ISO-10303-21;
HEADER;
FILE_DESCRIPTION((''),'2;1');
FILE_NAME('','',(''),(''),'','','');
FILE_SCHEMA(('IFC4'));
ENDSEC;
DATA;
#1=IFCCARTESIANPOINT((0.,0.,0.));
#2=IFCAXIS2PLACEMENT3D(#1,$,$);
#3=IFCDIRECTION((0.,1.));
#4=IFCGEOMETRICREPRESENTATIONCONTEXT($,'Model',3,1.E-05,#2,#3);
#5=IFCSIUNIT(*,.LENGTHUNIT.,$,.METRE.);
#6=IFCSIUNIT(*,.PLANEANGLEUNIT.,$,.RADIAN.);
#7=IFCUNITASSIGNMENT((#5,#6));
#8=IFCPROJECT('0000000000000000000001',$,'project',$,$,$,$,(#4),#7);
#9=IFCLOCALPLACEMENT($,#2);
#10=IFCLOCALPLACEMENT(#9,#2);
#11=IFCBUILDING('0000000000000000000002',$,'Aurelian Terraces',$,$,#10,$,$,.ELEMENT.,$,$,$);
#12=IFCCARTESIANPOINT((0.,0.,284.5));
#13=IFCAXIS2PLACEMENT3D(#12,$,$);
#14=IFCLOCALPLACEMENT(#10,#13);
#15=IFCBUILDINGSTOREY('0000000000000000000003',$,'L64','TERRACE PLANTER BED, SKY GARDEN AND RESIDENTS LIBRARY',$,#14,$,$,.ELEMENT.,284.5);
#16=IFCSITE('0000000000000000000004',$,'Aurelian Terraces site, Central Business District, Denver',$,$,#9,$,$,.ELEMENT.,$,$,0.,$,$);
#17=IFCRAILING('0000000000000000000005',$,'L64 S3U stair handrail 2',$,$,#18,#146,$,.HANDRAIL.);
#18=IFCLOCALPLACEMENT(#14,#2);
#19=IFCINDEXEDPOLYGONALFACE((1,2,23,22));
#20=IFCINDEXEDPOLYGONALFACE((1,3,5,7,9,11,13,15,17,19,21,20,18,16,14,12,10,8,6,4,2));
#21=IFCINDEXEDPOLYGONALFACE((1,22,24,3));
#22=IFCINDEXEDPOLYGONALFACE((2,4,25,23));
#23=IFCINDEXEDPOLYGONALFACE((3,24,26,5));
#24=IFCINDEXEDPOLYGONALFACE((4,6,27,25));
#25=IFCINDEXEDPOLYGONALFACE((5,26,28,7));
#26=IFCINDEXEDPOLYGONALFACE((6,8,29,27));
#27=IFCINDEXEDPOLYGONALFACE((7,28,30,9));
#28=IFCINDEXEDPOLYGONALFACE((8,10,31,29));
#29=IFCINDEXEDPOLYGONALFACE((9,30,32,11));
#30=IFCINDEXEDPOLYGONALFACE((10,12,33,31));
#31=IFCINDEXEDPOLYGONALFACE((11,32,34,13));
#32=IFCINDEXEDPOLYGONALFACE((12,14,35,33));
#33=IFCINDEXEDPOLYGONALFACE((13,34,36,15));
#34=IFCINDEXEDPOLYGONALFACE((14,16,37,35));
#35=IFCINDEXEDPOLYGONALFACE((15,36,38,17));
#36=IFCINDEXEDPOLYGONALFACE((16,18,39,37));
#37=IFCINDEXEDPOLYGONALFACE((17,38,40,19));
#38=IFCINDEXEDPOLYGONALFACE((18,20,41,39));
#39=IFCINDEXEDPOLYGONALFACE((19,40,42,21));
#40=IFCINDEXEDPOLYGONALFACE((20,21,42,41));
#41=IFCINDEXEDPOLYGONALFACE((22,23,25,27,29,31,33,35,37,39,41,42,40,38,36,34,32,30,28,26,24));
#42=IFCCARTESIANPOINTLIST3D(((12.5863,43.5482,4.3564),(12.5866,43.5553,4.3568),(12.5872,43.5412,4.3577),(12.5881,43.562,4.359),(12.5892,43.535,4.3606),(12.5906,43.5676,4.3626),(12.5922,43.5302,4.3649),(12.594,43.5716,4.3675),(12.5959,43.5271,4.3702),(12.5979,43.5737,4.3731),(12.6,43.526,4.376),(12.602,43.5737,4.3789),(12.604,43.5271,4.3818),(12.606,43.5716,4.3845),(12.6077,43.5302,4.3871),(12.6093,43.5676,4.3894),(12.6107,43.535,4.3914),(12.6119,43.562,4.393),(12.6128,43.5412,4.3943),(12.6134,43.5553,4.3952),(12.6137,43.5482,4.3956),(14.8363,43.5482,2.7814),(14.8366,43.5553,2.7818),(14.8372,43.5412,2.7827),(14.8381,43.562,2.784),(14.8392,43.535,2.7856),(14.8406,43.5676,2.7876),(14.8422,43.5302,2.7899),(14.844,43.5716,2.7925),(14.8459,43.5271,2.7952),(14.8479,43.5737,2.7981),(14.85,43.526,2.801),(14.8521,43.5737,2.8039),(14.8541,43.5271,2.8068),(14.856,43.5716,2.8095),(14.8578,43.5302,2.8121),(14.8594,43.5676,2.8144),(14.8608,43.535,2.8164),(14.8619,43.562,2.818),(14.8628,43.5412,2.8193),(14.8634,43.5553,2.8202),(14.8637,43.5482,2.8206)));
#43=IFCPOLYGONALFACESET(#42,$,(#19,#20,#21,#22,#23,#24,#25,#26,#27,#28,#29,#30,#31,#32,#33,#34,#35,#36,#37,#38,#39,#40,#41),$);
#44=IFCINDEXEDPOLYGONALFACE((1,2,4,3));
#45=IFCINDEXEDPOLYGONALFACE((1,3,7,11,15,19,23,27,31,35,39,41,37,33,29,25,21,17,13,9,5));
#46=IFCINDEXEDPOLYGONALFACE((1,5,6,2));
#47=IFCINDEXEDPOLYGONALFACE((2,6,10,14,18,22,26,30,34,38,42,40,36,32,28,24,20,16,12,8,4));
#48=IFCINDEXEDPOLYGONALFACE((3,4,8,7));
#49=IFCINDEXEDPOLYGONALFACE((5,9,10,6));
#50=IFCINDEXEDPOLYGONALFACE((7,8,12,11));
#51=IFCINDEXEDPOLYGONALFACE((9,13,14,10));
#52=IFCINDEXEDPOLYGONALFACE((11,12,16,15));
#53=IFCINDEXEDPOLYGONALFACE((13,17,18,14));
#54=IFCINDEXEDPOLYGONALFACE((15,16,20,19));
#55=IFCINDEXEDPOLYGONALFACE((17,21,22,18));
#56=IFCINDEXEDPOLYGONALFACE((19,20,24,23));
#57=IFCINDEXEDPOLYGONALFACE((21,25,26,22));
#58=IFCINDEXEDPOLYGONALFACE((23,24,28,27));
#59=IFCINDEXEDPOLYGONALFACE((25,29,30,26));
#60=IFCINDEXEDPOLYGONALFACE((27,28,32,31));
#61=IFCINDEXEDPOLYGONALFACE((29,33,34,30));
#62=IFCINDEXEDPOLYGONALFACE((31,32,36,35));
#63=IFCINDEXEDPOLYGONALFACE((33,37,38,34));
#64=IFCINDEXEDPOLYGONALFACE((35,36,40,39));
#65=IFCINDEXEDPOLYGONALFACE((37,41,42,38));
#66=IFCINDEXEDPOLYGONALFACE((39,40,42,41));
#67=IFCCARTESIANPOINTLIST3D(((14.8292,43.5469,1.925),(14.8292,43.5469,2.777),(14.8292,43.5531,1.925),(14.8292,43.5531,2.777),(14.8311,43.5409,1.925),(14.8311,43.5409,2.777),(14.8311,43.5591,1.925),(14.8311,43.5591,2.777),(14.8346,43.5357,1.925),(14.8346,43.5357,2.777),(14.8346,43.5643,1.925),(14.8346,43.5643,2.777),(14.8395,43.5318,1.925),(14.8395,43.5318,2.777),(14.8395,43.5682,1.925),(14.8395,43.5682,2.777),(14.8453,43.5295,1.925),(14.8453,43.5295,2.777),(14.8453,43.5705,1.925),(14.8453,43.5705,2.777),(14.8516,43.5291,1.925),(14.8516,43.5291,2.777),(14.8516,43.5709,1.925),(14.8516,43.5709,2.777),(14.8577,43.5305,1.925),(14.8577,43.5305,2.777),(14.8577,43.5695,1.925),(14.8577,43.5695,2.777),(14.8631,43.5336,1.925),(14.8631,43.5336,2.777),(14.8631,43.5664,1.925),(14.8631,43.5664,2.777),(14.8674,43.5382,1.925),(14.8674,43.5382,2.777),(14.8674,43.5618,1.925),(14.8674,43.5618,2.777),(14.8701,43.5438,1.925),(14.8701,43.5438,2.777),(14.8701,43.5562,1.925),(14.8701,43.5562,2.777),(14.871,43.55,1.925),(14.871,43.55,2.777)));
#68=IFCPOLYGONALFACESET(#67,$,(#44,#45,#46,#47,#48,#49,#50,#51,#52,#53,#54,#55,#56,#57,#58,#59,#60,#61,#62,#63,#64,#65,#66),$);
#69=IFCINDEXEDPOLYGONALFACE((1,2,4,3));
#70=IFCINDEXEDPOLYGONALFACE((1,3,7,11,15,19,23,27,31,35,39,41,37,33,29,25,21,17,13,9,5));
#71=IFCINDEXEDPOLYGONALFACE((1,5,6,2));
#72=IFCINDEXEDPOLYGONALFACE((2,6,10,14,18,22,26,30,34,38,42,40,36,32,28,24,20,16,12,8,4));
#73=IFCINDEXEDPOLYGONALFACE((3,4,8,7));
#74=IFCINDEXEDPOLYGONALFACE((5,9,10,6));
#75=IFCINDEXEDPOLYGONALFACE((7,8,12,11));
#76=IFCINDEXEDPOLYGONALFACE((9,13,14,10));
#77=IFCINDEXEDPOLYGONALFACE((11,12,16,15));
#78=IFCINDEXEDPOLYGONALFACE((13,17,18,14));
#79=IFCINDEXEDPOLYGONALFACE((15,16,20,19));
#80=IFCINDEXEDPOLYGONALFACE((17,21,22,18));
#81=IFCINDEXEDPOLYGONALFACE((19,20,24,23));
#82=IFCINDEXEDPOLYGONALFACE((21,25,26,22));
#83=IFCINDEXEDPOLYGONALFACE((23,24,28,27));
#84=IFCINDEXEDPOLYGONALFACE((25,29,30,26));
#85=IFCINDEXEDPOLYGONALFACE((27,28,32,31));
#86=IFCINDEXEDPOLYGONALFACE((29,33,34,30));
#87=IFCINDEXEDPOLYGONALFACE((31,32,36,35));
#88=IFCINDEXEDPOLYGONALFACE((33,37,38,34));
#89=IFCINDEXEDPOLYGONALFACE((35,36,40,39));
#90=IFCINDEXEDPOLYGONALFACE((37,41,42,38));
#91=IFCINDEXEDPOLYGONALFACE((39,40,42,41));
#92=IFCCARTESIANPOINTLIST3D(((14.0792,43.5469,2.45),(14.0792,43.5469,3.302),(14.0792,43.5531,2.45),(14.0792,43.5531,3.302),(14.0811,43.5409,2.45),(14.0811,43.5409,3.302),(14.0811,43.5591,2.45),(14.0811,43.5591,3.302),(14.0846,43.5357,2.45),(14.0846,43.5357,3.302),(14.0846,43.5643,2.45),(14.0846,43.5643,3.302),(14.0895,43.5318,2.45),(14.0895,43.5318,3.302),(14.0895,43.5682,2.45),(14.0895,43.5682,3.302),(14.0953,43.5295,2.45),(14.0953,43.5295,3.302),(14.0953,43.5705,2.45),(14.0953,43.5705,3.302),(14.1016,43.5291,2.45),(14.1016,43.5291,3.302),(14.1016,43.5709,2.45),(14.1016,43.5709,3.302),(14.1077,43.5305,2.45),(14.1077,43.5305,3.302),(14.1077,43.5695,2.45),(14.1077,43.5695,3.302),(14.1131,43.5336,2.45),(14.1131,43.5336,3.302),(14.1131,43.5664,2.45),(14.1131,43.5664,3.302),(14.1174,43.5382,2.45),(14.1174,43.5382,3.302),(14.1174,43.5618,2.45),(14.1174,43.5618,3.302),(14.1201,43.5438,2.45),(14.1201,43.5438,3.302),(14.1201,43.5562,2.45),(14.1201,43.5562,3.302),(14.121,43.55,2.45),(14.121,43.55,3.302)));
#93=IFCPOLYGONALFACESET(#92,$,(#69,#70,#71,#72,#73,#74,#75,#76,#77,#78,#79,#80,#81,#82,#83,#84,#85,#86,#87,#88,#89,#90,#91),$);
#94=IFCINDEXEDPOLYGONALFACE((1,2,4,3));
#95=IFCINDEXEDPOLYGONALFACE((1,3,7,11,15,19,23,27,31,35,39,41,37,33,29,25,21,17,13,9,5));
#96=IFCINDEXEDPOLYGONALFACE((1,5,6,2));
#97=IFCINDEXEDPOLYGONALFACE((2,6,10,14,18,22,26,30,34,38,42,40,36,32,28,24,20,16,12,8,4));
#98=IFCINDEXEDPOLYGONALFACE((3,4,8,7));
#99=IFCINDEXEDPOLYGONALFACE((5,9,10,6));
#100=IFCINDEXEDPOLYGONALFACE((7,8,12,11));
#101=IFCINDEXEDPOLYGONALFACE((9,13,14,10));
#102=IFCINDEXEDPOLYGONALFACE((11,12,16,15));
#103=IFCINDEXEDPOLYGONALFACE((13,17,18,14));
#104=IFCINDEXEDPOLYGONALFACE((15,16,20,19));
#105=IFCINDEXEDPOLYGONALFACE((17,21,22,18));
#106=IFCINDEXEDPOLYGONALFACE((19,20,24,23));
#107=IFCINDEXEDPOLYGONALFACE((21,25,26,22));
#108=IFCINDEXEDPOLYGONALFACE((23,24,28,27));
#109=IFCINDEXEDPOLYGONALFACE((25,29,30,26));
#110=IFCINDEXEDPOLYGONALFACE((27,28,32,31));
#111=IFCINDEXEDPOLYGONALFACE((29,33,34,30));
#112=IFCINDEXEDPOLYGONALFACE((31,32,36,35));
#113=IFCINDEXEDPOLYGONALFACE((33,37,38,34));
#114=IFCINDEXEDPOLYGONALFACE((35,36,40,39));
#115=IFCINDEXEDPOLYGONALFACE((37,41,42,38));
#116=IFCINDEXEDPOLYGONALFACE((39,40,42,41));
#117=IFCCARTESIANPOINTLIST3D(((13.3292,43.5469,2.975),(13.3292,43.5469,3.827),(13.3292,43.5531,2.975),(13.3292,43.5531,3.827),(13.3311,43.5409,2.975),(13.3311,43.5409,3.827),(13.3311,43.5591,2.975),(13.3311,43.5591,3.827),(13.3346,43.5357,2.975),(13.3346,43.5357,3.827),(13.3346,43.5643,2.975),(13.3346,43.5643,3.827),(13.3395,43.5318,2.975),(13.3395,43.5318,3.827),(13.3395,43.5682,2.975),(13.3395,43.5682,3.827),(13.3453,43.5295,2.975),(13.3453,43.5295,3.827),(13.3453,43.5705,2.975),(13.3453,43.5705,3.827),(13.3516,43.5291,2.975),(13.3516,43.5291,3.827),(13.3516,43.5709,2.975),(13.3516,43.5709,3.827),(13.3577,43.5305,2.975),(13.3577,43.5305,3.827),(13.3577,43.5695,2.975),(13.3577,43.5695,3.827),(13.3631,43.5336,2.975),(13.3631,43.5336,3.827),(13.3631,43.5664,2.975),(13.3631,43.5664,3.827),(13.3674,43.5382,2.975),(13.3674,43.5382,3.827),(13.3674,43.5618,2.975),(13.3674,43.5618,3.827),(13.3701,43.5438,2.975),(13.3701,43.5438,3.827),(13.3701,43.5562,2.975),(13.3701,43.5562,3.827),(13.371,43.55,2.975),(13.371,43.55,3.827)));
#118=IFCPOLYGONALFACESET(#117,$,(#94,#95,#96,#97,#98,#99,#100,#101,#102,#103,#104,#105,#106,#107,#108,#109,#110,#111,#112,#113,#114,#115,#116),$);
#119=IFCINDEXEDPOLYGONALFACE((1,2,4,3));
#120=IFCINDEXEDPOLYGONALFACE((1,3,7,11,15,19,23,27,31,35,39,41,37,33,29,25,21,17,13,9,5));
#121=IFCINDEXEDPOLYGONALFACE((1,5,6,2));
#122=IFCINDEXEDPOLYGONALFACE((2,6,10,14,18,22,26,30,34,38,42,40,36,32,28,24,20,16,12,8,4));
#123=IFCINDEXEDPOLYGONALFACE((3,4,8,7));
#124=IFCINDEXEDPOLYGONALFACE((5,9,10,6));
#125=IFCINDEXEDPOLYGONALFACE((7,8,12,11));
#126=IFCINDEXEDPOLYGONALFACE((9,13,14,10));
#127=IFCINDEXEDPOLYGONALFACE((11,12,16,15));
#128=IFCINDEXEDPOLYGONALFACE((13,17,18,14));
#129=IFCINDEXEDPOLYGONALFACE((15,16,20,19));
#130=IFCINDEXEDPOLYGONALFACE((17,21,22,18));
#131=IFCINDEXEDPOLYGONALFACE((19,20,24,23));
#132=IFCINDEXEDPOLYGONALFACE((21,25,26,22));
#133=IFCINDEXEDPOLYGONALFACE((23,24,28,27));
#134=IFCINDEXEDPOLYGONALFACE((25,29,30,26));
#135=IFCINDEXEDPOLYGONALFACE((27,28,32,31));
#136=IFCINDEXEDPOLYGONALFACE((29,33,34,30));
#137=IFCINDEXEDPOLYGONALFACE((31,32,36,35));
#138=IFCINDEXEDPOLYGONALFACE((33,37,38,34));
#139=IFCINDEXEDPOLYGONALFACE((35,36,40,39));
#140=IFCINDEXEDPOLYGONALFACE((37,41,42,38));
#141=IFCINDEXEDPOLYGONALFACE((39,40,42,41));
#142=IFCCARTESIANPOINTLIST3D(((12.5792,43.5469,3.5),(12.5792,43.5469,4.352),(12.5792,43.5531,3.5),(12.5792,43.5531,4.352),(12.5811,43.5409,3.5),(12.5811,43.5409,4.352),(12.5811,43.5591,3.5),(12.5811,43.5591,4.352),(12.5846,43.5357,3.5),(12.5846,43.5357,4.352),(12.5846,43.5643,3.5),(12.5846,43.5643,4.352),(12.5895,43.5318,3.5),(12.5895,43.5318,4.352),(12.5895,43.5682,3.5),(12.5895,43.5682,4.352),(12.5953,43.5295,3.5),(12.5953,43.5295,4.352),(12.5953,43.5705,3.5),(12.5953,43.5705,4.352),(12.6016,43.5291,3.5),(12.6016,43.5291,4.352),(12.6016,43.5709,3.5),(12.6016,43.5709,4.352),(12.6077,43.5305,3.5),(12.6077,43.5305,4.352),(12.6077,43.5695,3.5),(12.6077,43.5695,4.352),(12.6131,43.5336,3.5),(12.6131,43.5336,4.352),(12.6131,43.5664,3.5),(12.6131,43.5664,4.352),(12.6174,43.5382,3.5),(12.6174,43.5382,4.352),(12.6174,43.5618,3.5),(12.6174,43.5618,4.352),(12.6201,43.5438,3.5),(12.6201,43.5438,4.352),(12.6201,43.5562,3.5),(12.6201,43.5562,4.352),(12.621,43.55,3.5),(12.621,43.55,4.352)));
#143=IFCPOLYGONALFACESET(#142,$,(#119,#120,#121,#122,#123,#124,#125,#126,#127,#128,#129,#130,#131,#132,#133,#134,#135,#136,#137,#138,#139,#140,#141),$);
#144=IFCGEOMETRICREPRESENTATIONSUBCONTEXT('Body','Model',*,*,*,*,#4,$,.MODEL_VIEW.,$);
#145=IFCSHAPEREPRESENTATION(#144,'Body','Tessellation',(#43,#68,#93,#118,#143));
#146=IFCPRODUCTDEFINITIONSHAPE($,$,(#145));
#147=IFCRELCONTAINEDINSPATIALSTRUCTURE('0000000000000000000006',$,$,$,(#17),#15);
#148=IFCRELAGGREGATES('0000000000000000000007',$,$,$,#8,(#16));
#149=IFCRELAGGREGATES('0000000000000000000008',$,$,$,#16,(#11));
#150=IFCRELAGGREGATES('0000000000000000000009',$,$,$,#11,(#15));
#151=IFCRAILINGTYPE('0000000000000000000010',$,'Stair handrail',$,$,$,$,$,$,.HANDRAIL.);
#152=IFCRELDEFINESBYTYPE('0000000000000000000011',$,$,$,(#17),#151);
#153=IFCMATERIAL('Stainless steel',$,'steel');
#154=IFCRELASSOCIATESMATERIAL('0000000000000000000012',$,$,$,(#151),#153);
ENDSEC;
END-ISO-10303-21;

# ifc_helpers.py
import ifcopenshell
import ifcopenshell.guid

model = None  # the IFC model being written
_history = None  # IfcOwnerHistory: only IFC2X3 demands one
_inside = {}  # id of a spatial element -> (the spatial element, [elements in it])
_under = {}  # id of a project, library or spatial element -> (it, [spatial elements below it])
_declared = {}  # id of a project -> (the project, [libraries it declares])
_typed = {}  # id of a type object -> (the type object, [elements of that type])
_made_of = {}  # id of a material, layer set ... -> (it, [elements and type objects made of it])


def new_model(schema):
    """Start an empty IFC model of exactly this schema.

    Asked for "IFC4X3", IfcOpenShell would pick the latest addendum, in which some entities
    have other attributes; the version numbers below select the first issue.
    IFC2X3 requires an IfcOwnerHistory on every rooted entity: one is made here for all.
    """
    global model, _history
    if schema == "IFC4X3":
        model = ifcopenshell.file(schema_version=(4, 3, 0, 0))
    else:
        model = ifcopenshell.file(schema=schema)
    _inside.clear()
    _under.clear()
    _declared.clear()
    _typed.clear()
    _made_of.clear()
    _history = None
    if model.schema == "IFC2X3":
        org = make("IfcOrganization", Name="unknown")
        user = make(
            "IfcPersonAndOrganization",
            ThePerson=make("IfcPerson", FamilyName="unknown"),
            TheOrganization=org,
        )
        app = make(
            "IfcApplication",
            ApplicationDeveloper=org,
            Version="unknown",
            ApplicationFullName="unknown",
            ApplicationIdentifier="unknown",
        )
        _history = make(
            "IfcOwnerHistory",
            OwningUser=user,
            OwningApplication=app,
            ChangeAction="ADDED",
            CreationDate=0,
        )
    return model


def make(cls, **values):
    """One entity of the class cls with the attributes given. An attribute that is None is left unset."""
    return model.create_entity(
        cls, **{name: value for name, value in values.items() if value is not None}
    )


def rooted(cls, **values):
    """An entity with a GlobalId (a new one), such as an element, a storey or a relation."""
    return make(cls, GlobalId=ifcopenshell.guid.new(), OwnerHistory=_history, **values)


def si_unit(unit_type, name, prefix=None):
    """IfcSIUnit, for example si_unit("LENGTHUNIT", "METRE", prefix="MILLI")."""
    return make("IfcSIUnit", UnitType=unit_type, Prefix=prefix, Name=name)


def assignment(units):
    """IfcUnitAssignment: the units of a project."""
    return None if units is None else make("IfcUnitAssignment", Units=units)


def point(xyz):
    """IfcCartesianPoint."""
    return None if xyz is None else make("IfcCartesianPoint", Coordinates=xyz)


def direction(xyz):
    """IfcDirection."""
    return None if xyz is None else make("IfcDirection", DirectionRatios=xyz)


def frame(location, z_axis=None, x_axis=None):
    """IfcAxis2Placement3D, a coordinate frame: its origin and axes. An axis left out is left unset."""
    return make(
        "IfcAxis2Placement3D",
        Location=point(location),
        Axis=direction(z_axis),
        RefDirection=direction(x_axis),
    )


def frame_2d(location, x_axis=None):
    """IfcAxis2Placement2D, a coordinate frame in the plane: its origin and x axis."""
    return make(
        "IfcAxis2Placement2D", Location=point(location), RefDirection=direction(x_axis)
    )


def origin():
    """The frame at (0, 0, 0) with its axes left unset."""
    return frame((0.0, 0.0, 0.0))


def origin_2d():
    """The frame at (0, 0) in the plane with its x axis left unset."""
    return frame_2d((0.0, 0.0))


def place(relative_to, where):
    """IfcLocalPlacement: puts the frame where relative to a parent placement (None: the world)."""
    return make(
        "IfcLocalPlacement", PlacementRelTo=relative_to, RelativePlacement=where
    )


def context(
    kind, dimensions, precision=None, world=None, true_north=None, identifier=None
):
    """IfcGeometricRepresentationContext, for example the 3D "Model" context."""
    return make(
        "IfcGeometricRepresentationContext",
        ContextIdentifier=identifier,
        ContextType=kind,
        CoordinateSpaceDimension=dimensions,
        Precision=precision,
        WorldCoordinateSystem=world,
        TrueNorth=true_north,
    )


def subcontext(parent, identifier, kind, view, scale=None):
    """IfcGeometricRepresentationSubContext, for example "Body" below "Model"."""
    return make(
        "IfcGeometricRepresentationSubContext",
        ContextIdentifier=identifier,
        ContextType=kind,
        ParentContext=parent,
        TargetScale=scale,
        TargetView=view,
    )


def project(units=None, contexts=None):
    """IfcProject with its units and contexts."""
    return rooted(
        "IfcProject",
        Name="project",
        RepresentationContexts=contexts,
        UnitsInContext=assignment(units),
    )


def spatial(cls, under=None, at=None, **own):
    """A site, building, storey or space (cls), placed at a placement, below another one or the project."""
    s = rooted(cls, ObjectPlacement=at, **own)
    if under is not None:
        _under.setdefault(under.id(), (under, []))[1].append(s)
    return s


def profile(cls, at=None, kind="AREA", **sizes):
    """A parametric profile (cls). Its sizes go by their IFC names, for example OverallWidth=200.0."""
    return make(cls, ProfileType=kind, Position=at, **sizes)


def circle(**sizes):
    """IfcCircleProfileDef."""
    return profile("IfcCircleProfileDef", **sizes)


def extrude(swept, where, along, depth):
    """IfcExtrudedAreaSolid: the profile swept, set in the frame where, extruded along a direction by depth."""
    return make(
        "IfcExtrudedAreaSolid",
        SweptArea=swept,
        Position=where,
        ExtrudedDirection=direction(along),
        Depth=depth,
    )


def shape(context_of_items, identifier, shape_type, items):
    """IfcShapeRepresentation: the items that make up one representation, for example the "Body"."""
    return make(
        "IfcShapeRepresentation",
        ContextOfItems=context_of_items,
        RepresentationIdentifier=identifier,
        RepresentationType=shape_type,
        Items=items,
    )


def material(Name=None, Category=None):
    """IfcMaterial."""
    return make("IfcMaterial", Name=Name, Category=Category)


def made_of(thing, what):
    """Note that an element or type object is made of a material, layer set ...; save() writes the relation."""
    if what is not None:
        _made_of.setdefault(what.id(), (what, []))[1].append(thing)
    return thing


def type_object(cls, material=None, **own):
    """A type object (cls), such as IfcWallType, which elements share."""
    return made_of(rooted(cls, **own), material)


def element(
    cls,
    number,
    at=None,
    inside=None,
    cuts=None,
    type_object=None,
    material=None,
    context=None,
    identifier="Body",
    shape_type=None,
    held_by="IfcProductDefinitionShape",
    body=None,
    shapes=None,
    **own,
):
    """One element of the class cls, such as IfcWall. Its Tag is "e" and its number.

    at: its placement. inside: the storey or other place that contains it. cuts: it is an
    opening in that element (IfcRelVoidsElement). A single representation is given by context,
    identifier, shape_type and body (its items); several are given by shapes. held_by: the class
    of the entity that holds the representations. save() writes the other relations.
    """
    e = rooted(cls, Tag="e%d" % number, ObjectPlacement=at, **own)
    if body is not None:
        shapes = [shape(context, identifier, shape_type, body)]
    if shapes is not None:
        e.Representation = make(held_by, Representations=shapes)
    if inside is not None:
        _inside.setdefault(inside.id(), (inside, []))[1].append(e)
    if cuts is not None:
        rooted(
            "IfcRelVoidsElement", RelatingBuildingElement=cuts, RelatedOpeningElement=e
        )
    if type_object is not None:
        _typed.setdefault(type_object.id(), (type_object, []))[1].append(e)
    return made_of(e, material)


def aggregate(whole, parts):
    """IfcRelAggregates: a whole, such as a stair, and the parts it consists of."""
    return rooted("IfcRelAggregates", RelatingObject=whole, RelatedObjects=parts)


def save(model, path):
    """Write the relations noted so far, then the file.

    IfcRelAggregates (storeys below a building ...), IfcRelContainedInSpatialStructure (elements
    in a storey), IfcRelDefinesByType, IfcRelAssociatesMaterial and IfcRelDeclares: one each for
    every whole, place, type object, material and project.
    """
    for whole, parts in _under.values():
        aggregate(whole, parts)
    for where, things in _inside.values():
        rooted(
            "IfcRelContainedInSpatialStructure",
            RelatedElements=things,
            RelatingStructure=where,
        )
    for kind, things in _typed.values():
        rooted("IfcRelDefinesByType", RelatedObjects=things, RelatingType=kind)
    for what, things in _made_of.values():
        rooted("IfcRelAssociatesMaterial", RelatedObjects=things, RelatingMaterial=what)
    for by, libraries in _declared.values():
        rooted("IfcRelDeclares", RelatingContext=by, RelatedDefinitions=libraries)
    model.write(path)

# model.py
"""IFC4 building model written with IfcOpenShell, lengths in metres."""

from ifc_helpers import new_model, si_unit, direction, frame, origin, origin_2d, place, context, subcontext, project, spatial, circle, extrude, material, type_object, element, save


model = new_model("IFC4")

# Units and contexts
model_context = context("Model", 3, precision=1e-05, world=origin(), true_north=direction((0.0, 1.0)))
body_context = subcontext(model_context, "Body", "Model", "MODEL_VIEW")
ifc_project = project(units=[si_unit("LENGTHUNIT", "METRE"), si_unit("PLANEANGLEUNIT", "RADIAN")], contexts=[model_context])

# Site, building, storey
site_placement = place(None, origin())
site = spatial("IfcSite", under=ifc_project, at=site_placement, Name="Aurelian Terraces site, Central Business District, Denver", CompositionType="ELEMENT", RefElevation=0.0)
building_placement = place(site_placement, origin())
building = spatial("IfcBuilding", under=site, at=building_placement, Name="Aurelian Terraces", CompositionType="ELEMENT")
storey_placement = place(building_placement, frame((0.0, 0.0, 284.5)))
storey = spatial("IfcBuildingStorey", under=building, at=storey_placement, Name="L64", Description="TERRACE PLANTER BED, SKY GARDEN AND RESIDENTS LIBRARY", CompositionType="ELEMENT", Elevation=284.5)

# Railing
ifc_material_1 = material(Name="Stainless steel", Category="steel")
railing_type_1 = type_object("IfcRailingType", Name="Stair handrail", PredefinedType="HANDRAIL", material=ifc_material_1)
railing_1_placement = place(storey_placement, frame((14.85, 43.55, 1.925)))
element("IfcRailing", 1, at=railing_1_placement, inside=storey, type_object=railing_type_1, Name="L64 S3U stair handrail 2", PredefinedType="HANDRAIL", context=body_context, shape_type="SweptSolid", body=[
    extrude(circle(Radius=0.024, at=origin_2d()), frame((0.0, 0.0, 0.876), z_axis=(-0.819232, 0.0, 0.573462), x_axis=(0.0, -1.0, 0.0)), (0.0, 0.0, 1.0), 2.7465),
    extrude(circle(Radius=0.021, at=origin_2d()), origin(), (0.0, 0.0, 1.0), 0.852),
    extrude(circle(Radius=0.021, at=origin_2d()), frame((-0.75, 0.0, 0.525)), (0.0, 0.0, 1.0), 0.852),
    extrude(circle(Radius=0.021, at=origin_2d()), frame((-1.5, 0.0, 1.05)), (0.0, 0.0, 1.0), 0.852),
    extrude(circle(Radius=0.021, at=origin_2d()), frame((-2.25, 0.0, 1.575)), (0.0, 0.0, 1.0), 0.852),
])

save(model, "model.ifc")
